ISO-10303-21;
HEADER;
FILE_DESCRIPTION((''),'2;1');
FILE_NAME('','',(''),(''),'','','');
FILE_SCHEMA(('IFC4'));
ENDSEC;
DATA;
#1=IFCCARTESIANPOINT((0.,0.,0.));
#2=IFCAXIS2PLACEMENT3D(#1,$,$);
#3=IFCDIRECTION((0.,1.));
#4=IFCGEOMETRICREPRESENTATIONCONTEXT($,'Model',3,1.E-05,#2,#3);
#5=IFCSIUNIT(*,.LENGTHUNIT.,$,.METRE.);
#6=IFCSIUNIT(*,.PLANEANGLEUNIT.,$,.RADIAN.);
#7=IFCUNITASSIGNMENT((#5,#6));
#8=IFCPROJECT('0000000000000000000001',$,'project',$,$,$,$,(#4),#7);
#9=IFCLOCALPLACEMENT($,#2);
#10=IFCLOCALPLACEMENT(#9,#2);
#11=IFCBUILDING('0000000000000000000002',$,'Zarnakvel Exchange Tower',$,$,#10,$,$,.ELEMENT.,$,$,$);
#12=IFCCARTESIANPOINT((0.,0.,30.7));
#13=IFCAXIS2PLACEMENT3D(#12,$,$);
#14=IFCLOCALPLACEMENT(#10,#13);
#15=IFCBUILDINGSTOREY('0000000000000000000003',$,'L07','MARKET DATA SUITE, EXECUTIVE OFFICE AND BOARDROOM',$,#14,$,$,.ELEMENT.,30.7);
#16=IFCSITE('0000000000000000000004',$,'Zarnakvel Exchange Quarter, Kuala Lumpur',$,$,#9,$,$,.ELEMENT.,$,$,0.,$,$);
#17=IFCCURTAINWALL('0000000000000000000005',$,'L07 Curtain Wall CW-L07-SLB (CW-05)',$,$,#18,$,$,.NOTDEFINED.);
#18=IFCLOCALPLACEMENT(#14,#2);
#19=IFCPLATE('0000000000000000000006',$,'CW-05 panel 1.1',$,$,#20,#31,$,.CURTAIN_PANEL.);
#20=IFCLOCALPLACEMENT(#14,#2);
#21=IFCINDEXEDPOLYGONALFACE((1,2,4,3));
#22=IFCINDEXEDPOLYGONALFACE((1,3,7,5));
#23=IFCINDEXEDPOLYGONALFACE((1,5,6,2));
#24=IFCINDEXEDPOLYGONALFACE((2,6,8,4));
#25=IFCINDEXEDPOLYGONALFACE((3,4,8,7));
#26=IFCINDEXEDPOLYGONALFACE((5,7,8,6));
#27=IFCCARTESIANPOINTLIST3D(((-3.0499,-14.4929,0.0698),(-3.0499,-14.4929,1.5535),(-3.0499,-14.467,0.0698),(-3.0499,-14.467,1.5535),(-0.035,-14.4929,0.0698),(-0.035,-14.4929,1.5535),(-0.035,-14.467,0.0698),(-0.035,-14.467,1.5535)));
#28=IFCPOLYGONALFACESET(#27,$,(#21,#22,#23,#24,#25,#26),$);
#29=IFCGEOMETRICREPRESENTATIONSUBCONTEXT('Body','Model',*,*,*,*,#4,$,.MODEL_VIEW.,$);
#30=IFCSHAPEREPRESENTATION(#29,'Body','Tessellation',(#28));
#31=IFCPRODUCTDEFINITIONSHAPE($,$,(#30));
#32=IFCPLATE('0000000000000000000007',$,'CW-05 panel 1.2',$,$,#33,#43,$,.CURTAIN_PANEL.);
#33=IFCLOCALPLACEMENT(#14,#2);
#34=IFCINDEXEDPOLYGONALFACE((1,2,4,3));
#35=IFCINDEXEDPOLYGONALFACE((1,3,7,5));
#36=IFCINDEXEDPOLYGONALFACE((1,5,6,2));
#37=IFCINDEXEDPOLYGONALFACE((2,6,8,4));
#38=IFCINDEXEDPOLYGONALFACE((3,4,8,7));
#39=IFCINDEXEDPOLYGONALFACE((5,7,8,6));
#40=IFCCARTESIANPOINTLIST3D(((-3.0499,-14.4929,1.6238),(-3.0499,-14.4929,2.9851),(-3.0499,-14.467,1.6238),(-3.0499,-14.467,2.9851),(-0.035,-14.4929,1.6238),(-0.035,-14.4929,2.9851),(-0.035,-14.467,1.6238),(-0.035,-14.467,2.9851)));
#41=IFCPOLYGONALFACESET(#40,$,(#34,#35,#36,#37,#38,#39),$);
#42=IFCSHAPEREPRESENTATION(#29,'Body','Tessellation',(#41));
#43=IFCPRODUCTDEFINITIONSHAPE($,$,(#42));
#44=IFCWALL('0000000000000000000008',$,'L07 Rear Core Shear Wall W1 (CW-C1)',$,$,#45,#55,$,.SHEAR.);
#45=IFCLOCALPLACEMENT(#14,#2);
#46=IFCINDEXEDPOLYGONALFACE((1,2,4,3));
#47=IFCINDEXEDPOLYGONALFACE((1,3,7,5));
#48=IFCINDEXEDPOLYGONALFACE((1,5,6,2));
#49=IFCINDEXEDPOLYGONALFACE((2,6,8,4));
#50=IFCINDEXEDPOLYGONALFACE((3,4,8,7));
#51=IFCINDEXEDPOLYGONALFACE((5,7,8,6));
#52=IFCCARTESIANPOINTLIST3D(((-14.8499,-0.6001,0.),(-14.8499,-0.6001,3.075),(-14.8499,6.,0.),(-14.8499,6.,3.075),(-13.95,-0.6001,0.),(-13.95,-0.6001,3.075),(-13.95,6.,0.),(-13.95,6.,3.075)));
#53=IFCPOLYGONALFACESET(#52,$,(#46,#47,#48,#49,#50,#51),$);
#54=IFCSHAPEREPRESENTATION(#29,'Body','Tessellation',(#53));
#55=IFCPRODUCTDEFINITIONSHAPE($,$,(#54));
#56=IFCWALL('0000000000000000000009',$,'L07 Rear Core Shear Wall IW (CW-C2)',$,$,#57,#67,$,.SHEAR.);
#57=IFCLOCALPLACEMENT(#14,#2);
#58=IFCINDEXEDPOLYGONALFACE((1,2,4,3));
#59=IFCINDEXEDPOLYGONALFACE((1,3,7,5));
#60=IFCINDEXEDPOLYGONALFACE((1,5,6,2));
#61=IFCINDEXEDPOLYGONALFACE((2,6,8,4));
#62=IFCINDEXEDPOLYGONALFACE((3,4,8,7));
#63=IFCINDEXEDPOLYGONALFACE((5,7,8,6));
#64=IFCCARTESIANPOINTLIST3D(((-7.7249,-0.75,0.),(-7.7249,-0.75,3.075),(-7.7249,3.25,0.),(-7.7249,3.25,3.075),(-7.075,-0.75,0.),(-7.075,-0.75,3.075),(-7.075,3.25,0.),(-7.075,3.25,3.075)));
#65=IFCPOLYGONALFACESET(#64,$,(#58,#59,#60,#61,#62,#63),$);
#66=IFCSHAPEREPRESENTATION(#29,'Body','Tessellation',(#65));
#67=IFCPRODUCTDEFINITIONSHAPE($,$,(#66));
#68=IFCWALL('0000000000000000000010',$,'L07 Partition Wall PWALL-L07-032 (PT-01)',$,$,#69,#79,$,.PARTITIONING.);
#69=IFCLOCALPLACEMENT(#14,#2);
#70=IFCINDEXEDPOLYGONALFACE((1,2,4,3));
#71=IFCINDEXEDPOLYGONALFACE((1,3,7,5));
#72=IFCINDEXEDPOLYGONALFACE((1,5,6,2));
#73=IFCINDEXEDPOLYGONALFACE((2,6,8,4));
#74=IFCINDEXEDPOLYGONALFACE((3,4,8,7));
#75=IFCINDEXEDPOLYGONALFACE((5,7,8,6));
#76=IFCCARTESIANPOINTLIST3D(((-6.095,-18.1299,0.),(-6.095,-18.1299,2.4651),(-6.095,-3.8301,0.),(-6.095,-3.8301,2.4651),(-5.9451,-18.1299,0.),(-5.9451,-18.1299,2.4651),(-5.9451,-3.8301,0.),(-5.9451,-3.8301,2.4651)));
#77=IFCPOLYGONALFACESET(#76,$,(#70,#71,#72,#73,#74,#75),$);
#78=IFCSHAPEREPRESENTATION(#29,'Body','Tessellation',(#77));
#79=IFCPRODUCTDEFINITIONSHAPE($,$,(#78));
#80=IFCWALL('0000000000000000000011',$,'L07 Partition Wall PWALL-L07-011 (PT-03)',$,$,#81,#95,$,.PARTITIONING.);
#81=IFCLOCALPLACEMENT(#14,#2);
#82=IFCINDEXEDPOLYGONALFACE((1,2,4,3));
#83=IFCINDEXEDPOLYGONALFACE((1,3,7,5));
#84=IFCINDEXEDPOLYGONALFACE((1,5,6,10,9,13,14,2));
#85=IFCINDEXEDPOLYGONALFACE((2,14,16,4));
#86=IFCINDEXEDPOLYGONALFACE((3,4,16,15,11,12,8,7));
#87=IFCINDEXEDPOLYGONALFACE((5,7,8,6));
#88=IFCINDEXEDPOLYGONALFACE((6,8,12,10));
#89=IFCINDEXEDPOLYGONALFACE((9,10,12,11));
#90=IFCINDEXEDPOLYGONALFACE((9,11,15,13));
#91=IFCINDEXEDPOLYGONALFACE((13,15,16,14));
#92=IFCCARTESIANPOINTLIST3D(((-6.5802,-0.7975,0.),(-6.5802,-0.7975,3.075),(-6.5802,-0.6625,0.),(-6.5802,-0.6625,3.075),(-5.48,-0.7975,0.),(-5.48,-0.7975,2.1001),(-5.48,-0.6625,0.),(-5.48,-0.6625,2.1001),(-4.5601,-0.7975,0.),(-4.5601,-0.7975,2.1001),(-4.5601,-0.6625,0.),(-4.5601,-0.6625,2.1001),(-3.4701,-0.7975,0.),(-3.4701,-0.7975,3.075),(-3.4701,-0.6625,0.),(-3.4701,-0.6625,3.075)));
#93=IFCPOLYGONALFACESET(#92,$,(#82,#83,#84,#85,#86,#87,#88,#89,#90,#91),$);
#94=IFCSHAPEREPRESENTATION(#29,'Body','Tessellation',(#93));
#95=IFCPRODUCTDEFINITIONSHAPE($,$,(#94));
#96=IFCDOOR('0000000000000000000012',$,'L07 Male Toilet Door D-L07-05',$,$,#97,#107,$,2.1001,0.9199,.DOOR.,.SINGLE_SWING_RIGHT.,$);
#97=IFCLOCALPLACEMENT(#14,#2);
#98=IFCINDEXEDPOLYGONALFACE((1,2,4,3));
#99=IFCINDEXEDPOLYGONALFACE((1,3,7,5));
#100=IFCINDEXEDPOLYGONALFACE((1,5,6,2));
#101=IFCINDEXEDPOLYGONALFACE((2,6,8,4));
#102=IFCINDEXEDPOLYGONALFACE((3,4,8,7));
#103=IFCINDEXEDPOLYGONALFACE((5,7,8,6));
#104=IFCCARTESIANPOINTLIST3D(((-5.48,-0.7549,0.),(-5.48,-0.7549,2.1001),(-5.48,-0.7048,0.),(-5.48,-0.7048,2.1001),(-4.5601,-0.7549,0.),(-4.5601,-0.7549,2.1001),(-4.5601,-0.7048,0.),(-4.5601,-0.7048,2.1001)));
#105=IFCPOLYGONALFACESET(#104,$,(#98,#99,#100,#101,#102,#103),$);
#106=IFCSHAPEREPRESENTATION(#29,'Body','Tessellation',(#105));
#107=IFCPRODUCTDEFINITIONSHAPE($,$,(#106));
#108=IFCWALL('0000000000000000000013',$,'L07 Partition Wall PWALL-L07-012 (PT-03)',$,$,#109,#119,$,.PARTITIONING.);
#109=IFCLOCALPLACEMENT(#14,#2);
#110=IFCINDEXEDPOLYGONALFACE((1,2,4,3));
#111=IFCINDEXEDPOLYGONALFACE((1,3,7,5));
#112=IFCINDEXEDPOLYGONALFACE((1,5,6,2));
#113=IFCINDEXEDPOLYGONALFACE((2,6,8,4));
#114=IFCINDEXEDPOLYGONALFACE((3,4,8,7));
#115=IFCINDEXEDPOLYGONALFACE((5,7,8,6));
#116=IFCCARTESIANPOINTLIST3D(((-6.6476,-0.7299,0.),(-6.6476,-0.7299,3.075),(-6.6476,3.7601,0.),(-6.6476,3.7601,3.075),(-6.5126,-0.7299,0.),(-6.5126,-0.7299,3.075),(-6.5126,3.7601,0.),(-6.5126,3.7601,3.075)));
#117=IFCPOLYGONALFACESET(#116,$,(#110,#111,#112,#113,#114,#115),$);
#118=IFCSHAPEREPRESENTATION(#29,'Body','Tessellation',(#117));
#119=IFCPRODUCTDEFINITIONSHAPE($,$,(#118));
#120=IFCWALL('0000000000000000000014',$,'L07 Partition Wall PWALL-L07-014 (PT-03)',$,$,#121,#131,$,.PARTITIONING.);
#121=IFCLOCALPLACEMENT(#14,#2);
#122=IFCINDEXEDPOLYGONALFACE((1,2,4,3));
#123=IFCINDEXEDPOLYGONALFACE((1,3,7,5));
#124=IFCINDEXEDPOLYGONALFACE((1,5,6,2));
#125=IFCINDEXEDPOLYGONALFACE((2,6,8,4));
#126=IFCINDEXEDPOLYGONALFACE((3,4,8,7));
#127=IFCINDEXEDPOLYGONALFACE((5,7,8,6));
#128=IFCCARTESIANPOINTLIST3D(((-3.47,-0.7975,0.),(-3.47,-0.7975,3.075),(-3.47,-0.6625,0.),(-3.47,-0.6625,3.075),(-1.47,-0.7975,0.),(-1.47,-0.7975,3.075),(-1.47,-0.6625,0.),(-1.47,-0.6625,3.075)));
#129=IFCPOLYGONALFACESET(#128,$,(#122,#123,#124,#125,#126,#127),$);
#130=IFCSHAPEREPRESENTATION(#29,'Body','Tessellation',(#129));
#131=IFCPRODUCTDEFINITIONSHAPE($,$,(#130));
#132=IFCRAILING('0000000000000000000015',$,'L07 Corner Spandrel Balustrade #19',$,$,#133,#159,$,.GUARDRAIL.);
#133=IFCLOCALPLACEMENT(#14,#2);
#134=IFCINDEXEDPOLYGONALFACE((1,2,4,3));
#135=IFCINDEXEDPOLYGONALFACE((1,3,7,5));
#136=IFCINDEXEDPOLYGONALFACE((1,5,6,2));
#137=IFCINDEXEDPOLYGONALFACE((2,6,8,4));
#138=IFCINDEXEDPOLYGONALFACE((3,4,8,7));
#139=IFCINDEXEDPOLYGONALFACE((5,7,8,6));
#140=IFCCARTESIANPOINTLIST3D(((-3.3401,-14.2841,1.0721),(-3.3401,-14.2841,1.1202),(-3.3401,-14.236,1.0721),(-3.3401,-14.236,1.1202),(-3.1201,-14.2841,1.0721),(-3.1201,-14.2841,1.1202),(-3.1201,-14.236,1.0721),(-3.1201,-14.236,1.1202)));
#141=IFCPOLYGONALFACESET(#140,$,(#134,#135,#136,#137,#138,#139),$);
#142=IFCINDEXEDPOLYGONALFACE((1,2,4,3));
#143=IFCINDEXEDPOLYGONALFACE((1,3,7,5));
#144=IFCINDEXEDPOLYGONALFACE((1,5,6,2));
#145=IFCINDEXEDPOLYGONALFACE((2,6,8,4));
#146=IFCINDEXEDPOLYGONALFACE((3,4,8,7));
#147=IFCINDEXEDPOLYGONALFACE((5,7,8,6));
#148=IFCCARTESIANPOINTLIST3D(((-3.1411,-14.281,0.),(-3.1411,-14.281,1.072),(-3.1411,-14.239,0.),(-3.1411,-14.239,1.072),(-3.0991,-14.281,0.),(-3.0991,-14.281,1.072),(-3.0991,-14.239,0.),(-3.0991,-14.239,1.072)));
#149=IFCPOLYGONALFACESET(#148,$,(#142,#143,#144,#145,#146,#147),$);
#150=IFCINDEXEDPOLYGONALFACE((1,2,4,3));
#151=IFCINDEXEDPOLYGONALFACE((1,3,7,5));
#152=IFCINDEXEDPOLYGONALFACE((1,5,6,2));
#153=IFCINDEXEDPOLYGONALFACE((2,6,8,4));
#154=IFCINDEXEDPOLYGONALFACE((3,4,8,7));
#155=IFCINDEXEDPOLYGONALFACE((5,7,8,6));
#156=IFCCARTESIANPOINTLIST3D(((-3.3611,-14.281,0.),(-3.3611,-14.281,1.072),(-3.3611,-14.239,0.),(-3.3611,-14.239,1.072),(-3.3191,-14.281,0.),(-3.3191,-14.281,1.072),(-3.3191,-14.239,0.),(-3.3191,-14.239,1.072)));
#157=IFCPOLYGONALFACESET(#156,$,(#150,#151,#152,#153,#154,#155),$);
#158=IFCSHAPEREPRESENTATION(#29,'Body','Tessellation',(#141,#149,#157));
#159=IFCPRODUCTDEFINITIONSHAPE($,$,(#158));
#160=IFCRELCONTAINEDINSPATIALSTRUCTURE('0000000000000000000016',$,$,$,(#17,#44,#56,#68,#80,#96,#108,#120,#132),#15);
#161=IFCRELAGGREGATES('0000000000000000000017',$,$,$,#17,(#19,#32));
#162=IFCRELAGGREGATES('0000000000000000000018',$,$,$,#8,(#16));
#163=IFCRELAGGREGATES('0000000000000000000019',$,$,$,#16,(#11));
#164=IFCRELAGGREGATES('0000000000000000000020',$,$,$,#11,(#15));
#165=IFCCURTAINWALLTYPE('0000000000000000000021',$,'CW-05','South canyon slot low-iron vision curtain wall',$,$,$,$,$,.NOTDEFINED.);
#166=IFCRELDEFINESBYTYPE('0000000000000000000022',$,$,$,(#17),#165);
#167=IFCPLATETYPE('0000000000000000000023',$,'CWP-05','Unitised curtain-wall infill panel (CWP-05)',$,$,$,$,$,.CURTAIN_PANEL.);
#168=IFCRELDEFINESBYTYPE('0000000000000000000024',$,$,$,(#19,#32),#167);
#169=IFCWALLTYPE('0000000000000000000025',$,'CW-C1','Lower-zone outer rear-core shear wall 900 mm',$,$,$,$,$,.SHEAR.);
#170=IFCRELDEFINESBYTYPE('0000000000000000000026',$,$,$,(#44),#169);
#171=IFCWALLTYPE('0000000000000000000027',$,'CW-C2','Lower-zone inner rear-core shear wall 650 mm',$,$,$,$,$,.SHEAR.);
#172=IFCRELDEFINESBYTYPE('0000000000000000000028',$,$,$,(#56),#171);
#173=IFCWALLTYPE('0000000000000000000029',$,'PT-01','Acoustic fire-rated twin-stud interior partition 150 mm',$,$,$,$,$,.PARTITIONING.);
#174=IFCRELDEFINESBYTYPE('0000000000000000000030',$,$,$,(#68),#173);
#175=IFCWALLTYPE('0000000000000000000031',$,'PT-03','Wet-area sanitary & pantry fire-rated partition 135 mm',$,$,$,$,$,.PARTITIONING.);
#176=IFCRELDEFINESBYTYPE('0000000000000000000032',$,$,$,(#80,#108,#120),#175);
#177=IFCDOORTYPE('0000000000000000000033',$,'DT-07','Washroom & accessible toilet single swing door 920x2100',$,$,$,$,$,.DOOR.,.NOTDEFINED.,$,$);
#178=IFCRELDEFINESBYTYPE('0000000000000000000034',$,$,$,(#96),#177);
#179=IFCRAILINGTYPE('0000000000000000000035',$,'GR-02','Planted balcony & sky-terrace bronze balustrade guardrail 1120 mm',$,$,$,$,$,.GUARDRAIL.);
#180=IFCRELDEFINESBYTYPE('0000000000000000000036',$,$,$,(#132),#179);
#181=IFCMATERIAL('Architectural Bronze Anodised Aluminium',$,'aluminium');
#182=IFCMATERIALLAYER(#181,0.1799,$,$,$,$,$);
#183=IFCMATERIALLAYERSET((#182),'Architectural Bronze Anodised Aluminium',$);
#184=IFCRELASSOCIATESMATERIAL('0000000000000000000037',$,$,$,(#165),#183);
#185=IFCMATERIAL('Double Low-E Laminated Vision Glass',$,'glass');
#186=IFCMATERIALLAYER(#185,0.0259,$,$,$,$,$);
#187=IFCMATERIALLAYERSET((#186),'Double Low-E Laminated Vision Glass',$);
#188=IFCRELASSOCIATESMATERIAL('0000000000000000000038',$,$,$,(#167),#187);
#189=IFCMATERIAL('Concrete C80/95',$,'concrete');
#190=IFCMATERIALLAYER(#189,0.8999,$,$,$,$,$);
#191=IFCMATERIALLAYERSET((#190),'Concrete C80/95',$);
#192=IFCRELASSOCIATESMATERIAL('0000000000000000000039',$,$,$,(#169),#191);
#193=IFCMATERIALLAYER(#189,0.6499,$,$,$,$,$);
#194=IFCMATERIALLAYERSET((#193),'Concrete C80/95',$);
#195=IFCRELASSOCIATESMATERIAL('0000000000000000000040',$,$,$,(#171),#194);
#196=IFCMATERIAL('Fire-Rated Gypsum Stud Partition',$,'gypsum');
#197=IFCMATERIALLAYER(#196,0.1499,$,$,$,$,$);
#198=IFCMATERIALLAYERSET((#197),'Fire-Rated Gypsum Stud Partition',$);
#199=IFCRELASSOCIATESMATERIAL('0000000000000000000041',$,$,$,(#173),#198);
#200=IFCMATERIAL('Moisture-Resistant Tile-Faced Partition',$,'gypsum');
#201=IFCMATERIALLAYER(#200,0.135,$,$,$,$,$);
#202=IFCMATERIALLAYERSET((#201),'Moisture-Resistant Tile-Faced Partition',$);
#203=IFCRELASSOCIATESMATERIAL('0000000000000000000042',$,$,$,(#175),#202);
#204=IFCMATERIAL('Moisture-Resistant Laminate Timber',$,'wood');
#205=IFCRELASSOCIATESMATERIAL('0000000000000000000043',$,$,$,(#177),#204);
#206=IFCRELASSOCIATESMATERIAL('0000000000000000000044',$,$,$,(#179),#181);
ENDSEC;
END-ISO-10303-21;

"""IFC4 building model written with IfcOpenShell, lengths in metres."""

from ifc_helpers import new_model, si_unit, direction, frame, frame_2d, origin, origin_2d, place, context, subcontext, project, spatial, rectangle, extrude, source, transform, mapped, material, layer, layer_set, type_object, element, fill, aggregate, save


model = new_model("IFC4")

# Units and contexts
model_context = context("Model", 3, precision=1e-05, world=origin(), true_north=direction((0.0, 1.0)))
body_context = subcontext(model_context, "Body", "Model", "MODEL_VIEW")
ifc_project = project(units=[si_unit("LENGTHUNIT", "METRE"), si_unit("PLANEANGLEUNIT", "RADIAN")], contexts=[model_context])

# Site, building, storey
site_placement = place(None, origin())
site = spatial("IfcSite", under=ifc_project, at=site_placement, Name="Zarnakvel Exchange Quarter, Kuala Lumpur", CompositionType="ELEMENT", RefElevation=0.0)
building_placement = place(site_placement, origin())
building = spatial("IfcBuilding", under=site, at=building_placement, Name="Zarnakvel Exchange Tower", CompositionType="ELEMENT")
storey_placement = place(building_placement, frame((0.0, 0.0, 30.7)))
storey = spatial("IfcBuildingStorey", under=building, at=storey_placement, Name="L07", Description="MARKET DATA SUITE, EXECUTIVE OFFICE AND BOARDROOM", CompositionType="ELEMENT", Elevation=30.7)

# Shared definitions
ifc_material_1 = material(Name="Concrete C80/95", Category="concrete")

# Curtain wall, plates
ifc_material_2 = material(Name="Architectural Bronze Anodised Aluminium", Category="aluminium")
ifc_layer_1 = layer(ifc_material_2, 0.1799)
ifc_layer_set_1 = layer_set([ifc_layer_1], Name="Architectural Bronze Anodised Aluminium")
curtain_wall_type = type_object("IfcCurtainWallType", Name="CW-05", Description="South canyon slot low-iron vision curtain wall", PredefinedType="NOTDEFINED", material=ifc_layer_set_1)
curtain_wall_placement = place(storey_placement, origin())
curtain_wall = element("IfcCurtainWall", 1, at=curtain_wall_placement, inside=storey, type_object=curtain_wall_type, Name="L07 Curtain Wall CW-L07-SLB (CW-05)", PredefinedType="NOTDEFINED")
ifc_material_3 = material(Name="Double Low-E Laminated Vision Glass", Category="glass")
ifc_layer_2 = layer(ifc_material_3, 0.0259)
ifc_layer_set_2 = layer_set([ifc_layer_2], Name="Double Low-E Laminated Vision Glass")
plate_type = type_object("IfcPlateType", Name="CWP-05", Description="Unitised curtain-wall infill panel (CWP-05)", PredefinedType="CURTAIN_PANEL", material=ifc_layer_set_2)
shared_shape_1 = source(origin(), body_context, "Body", "SweptSolid", [
    extrude(rectangle(XDim=3.0149, YDim=0.0259, at=origin_2d()), origin(), (0.0, 0.0, 1.0), 1.4836),
])
plate_1_placement = place(storey_placement, frame((-1.5425, -14.48, 0.0698), z_axis=(0.0, 0.0, 1.0), x_axis=(1.0, 0.0, 0.0)))
plate_1 = element("IfcPlate", 2, at=plate_1_placement, type_object=plate_type, Name="CW-05 panel 1.1", PredefinedType="CURTAIN_PANEL", context=body_context, shape_type="MappedRepresentation", body=[
    mapped(shared_shape_1, transform((0.0, 0.0, 0.0), x_axis=(1.0, 0.0, 0.0), y_axis=(0.0, 1.0, 0.0), z_axis=(0.0, 0.0, 1.0), scale=1.0)),
])
shared_shape_2 = source(origin(), body_context, "Body", "SweptSolid", [
    extrude(rectangle(XDim=3.0149, YDim=0.0259, at=origin_2d()), origin(), (0.0, 0.0, 1.0), 1.3613),
])
plate_2_placement = place(storey_placement, frame((-1.5425, -14.48, 1.6238), z_axis=(0.0, 0.0, 1.0), x_axis=(1.0, 0.0, 0.0)))
plate_2 = element("IfcPlate", 3, at=plate_2_placement, type_object=plate_type, Name="CW-05 panel 1.2", PredefinedType="CURTAIN_PANEL", context=body_context, shape_type="MappedRepresentation", body=[
    mapped(shared_shape_2, transform((0.0, 0.0, 0.0), x_axis=(1.0, 0.0, 0.0), y_axis=(0.0, 1.0, 0.0), z_axis=(0.0, 0.0, 1.0), scale=1.0)),
])
aggregate(curtain_wall, [plate_1, plate_2])

# Wall
ifc_layer_3 = layer(ifc_material_1, 0.8999)
ifc_layer_set_3 = layer_set([ifc_layer_3], Name="Concrete C80/95")
wall_type_1 = type_object("IfcWallType", Name="CW-C1", Description="Lower-zone outer rear-core shear wall 900 mm", PredefinedType="SHEAR", material=ifc_layer_set_3)
wall_1_placement = place(storey_placement, frame((-14.3999, -0.6001, 0.0), z_axis=(0.0, 0.0, 1.0), x_axis=(0.0, 1.0, 0.0)))
element("IfcWall", 4, at=wall_1_placement, inside=storey, type_object=wall_type_1, Name="L07 Rear Core Shear Wall W1 (CW-C1)", PredefinedType="SHEAR", context=body_context, shape_type="SweptSolid", body=[
    extrude(rectangle(XDim=6.6001, YDim=0.8999, at=frame_2d((3.3, 0.0))), origin(), (0.0, 0.0, 1.0), 3.075),
])

# Walls
ifc_layer_4 = layer(ifc_material_1, 0.6499)
ifc_layer_set_4 = layer_set([ifc_layer_4], Name="Concrete C80/95")
wall_type_2 = type_object("IfcWallType", Name="CW-C2", Description="Lower-zone inner rear-core shear wall 650 mm", PredefinedType="SHEAR", material=ifc_layer_set_4)
wall_2_placement = place(storey_placement, frame((-7.3999, -0.75, 0.0), z_axis=(0.0, 0.0, 1.0), x_axis=(0.0, 1.0, 0.0)))
element("IfcWall", 5, at=wall_2_placement, inside=storey, type_object=wall_type_2, Name="L07 Rear Core Shear Wall IW (CW-C2)", PredefinedType="SHEAR", context=body_context, shape_type="SweptSolid", body=[
    extrude(rectangle(XDim=4.0, YDim=0.6499, at=frame_2d((2.0, 0.0))), origin(), (0.0, 0.0, 1.0), 3.075),
])
ifc_material_4 = material(Name="Fire-Rated Gypsum Stud Partition", Category="gypsum")
ifc_layer_5 = layer(ifc_material_4, 0.1499)
ifc_layer_set_5 = layer_set([ifc_layer_5], Name="Fire-Rated Gypsum Stud Partition")
wall_type_3 = type_object("IfcWallType", Name="PT-01", Description="Acoustic fire-rated twin-stud interior partition 150 mm", PredefinedType="PARTITIONING", material=ifc_layer_set_5)
wall_3_placement = place(storey_placement, frame((-6.02, -3.8301, 0.0), z_axis=(0.0, 0.0, 1.0), x_axis=(0.0, -1.0, 0.0)))
element("IfcWall", 6, at=wall_3_placement, inside=storey, type_object=wall_type_3, Name="L07 Partition Wall PWALL-L07-032 (PT-01)", PredefinedType="PARTITIONING", context=body_context, shape_type="SweptSolid", body=[
    extrude(rectangle(XDim=14.2998, YDim=0.1499, at=frame_2d((7.1499, 0.0))), origin(), (0.0, 0.0, 1.0), 2.4651),
])

# Wall, opening, door
ifc_material_5 = material(Name="Moisture-Resistant Tile-Faced Partition", Category="gypsum")
ifc_layer_6 = layer(ifc_material_5, 0.135)
ifc_layer_set_6 = layer_set([ifc_layer_6], Name="Moisture-Resistant Tile-Faced Partition")
wall_type_4 = type_object("IfcWallType", Name="PT-03", Description="Wet-area sanitary & pantry fire-rated partition 135 mm", PredefinedType="PARTITIONING", material=ifc_layer_set_6)
wall_4_placement = place(storey_placement, frame((-3.47, -0.73, 0.0), z_axis=(0.0, 0.0, 1.0), x_axis=(-1.0, 0.0, 0.0)))
wall_4 = element("IfcWall", 7, at=wall_4_placement, inside=storey, type_object=wall_type_4, Name="L07 Partition Wall PWALL-L07-011 (PT-03)", PredefinedType="PARTITIONING", context=body_context, shape_type="SweptSolid", body=[
    extrude(rectangle(XDim=3.1101, YDim=0.135, at=frame_2d((1.5552, 0.0))), origin(), (0.0, 0.0, 1.0), 3.075),
])
opening_1_placement = place(wall_4_placement, frame((1.0901, 0.0, 0.0)))
opening_1 = element("IfcOpeningElement", 8, at=opening_1_placement, cuts=wall_4, PredefinedType="OPENING", context=body_context, shape_type="SweptSolid", body=[
    extrude(rectangle(XDim=0.9199, YDim=2.1001, at=frame_2d((0.46, 1.05))), frame((0.0, 0.0774, 0.0), z_axis=(0.0, -1.0, 0.0), x_axis=(1.0, 0.0, 0.0)), (0.0, 0.0, 1.0), 0.155),
])
ifc_material_6 = material(Name="Moisture-Resistant Laminate Timber", Category="wood")
door_type_1 = type_object("IfcDoorType", Name="DT-07", Description="Washroom & accessible toilet single swing door 920x2100", OperationType="NOTDEFINED", PredefinedType="DOOR", material=ifc_material_6)
shared_shape_3 = source(origin(), body_context, "Body", "SweptSolid", [
    extrude(rectangle(XDim=0.9199, YDim=2.1001, at=frame_2d((0.46, 1.05))), frame((0.0, 0.0249, 0.0), z_axis=(0.0, -1.0, 0.0), x_axis=(1.0, 0.0, 0.0)), (0.0, 0.0, 1.0), 0.05),
])
door_1_placement = place(opening_1_placement, origin())
door_1 = element("IfcDoor", 9, at=door_1_placement, inside=storey, type_object=door_type_1, Name="L07 Male Toilet Door D-L07-05", OperationType="SINGLE_SWING_RIGHT", OverallHeight=2.1001, OverallWidth=0.9199, PredefinedType="DOOR", context=body_context, shape_type="MappedRepresentation", body=[
    mapped(shared_shape_3, transform((0.0, 0.0, 0.0), x_axis=(1.0, 0.0, 0.0), y_axis=(0.0, 1.0, 0.0), z_axis=(0.0, 0.0, 1.0), scale=1.0)),
])
fill(opening_1, door_1)

# Walls
wall_5_placement = place(storey_placement, frame((-6.5801, -0.73, 0.0), z_axis=(0.0, 0.0, 1.0), x_axis=(0.0, 1.0, 0.0)))
element("IfcWall", 10, at=wall_5_placement, inside=storey, type_object=wall_type_4, Name="L07 Partition Wall PWALL-L07-012 (PT-03)", PredefinedType="PARTITIONING", context=body_context, shape_type="SweptSolid", body=[
    extrude(rectangle(XDim=4.49, YDim=0.135, at=frame_2d((2.2451, 0.0))), origin(), (0.0, 0.0, 1.0), 3.075),
])
wall_6_placement = place(storey_placement, frame((-1.47, -0.73, 0.0), z_axis=(0.0, 0.0, 1.0), x_axis=(-1.0, 0.0, 0.0)))
element("IfcWall", 11, at=wall_6_placement, inside=storey, type_object=wall_type_4, Name="L07 Partition Wall PWALL-L07-014 (PT-03)", PredefinedType="PARTITIONING", context=body_context, shape_type="SweptSolid", body=[
    extrude(rectangle(XDim=2.0, YDim=0.135, at=frame_2d((1.0, 0.0))), origin(), (0.0, 0.0, 1.0), 3.075),
])

# Railing
railing_type_1 = type_object("IfcRailingType", Name="GR-02", Description="Planted balcony & sky-terrace bronze balustrade guardrail 1120 mm", PredefinedType="GUARDRAIL", material=ifc_material_2)
railing_1_placement = place(storey_placement, frame((-3.1201, -14.26, 0.0)))
element("IfcRailing", 12, at=railing_1_placement, inside=storey, type_object=railing_type_1, Name="L07 Corner Spandrel Balustrade #19", PredefinedType="GUARDRAIL", context=body_context, shape_type="SweptSolid", body=[
    extrude(rectangle(XDim=0.0481, YDim=0.0481, at=origin_2d()), frame((0.0, 0.0, 1.0962), z_axis=(-1.0, 0.0, 0.0), x_axis=(0.0, -1.0, 0.0)), (0.0, 0.0, 1.0), 0.22),
    extrude(rectangle(XDim=0.042, YDim=0.042, at=origin_2d()), origin(), (0.0, 0.0, 1.0), 1.072),
    extrude(rectangle(XDim=0.042, YDim=0.042, at=origin_2d()), frame((-0.22, 0.0, 0.0)), (0.0, 0.0, 1.0), 1.072),
])

save(model, "model.ifc")
